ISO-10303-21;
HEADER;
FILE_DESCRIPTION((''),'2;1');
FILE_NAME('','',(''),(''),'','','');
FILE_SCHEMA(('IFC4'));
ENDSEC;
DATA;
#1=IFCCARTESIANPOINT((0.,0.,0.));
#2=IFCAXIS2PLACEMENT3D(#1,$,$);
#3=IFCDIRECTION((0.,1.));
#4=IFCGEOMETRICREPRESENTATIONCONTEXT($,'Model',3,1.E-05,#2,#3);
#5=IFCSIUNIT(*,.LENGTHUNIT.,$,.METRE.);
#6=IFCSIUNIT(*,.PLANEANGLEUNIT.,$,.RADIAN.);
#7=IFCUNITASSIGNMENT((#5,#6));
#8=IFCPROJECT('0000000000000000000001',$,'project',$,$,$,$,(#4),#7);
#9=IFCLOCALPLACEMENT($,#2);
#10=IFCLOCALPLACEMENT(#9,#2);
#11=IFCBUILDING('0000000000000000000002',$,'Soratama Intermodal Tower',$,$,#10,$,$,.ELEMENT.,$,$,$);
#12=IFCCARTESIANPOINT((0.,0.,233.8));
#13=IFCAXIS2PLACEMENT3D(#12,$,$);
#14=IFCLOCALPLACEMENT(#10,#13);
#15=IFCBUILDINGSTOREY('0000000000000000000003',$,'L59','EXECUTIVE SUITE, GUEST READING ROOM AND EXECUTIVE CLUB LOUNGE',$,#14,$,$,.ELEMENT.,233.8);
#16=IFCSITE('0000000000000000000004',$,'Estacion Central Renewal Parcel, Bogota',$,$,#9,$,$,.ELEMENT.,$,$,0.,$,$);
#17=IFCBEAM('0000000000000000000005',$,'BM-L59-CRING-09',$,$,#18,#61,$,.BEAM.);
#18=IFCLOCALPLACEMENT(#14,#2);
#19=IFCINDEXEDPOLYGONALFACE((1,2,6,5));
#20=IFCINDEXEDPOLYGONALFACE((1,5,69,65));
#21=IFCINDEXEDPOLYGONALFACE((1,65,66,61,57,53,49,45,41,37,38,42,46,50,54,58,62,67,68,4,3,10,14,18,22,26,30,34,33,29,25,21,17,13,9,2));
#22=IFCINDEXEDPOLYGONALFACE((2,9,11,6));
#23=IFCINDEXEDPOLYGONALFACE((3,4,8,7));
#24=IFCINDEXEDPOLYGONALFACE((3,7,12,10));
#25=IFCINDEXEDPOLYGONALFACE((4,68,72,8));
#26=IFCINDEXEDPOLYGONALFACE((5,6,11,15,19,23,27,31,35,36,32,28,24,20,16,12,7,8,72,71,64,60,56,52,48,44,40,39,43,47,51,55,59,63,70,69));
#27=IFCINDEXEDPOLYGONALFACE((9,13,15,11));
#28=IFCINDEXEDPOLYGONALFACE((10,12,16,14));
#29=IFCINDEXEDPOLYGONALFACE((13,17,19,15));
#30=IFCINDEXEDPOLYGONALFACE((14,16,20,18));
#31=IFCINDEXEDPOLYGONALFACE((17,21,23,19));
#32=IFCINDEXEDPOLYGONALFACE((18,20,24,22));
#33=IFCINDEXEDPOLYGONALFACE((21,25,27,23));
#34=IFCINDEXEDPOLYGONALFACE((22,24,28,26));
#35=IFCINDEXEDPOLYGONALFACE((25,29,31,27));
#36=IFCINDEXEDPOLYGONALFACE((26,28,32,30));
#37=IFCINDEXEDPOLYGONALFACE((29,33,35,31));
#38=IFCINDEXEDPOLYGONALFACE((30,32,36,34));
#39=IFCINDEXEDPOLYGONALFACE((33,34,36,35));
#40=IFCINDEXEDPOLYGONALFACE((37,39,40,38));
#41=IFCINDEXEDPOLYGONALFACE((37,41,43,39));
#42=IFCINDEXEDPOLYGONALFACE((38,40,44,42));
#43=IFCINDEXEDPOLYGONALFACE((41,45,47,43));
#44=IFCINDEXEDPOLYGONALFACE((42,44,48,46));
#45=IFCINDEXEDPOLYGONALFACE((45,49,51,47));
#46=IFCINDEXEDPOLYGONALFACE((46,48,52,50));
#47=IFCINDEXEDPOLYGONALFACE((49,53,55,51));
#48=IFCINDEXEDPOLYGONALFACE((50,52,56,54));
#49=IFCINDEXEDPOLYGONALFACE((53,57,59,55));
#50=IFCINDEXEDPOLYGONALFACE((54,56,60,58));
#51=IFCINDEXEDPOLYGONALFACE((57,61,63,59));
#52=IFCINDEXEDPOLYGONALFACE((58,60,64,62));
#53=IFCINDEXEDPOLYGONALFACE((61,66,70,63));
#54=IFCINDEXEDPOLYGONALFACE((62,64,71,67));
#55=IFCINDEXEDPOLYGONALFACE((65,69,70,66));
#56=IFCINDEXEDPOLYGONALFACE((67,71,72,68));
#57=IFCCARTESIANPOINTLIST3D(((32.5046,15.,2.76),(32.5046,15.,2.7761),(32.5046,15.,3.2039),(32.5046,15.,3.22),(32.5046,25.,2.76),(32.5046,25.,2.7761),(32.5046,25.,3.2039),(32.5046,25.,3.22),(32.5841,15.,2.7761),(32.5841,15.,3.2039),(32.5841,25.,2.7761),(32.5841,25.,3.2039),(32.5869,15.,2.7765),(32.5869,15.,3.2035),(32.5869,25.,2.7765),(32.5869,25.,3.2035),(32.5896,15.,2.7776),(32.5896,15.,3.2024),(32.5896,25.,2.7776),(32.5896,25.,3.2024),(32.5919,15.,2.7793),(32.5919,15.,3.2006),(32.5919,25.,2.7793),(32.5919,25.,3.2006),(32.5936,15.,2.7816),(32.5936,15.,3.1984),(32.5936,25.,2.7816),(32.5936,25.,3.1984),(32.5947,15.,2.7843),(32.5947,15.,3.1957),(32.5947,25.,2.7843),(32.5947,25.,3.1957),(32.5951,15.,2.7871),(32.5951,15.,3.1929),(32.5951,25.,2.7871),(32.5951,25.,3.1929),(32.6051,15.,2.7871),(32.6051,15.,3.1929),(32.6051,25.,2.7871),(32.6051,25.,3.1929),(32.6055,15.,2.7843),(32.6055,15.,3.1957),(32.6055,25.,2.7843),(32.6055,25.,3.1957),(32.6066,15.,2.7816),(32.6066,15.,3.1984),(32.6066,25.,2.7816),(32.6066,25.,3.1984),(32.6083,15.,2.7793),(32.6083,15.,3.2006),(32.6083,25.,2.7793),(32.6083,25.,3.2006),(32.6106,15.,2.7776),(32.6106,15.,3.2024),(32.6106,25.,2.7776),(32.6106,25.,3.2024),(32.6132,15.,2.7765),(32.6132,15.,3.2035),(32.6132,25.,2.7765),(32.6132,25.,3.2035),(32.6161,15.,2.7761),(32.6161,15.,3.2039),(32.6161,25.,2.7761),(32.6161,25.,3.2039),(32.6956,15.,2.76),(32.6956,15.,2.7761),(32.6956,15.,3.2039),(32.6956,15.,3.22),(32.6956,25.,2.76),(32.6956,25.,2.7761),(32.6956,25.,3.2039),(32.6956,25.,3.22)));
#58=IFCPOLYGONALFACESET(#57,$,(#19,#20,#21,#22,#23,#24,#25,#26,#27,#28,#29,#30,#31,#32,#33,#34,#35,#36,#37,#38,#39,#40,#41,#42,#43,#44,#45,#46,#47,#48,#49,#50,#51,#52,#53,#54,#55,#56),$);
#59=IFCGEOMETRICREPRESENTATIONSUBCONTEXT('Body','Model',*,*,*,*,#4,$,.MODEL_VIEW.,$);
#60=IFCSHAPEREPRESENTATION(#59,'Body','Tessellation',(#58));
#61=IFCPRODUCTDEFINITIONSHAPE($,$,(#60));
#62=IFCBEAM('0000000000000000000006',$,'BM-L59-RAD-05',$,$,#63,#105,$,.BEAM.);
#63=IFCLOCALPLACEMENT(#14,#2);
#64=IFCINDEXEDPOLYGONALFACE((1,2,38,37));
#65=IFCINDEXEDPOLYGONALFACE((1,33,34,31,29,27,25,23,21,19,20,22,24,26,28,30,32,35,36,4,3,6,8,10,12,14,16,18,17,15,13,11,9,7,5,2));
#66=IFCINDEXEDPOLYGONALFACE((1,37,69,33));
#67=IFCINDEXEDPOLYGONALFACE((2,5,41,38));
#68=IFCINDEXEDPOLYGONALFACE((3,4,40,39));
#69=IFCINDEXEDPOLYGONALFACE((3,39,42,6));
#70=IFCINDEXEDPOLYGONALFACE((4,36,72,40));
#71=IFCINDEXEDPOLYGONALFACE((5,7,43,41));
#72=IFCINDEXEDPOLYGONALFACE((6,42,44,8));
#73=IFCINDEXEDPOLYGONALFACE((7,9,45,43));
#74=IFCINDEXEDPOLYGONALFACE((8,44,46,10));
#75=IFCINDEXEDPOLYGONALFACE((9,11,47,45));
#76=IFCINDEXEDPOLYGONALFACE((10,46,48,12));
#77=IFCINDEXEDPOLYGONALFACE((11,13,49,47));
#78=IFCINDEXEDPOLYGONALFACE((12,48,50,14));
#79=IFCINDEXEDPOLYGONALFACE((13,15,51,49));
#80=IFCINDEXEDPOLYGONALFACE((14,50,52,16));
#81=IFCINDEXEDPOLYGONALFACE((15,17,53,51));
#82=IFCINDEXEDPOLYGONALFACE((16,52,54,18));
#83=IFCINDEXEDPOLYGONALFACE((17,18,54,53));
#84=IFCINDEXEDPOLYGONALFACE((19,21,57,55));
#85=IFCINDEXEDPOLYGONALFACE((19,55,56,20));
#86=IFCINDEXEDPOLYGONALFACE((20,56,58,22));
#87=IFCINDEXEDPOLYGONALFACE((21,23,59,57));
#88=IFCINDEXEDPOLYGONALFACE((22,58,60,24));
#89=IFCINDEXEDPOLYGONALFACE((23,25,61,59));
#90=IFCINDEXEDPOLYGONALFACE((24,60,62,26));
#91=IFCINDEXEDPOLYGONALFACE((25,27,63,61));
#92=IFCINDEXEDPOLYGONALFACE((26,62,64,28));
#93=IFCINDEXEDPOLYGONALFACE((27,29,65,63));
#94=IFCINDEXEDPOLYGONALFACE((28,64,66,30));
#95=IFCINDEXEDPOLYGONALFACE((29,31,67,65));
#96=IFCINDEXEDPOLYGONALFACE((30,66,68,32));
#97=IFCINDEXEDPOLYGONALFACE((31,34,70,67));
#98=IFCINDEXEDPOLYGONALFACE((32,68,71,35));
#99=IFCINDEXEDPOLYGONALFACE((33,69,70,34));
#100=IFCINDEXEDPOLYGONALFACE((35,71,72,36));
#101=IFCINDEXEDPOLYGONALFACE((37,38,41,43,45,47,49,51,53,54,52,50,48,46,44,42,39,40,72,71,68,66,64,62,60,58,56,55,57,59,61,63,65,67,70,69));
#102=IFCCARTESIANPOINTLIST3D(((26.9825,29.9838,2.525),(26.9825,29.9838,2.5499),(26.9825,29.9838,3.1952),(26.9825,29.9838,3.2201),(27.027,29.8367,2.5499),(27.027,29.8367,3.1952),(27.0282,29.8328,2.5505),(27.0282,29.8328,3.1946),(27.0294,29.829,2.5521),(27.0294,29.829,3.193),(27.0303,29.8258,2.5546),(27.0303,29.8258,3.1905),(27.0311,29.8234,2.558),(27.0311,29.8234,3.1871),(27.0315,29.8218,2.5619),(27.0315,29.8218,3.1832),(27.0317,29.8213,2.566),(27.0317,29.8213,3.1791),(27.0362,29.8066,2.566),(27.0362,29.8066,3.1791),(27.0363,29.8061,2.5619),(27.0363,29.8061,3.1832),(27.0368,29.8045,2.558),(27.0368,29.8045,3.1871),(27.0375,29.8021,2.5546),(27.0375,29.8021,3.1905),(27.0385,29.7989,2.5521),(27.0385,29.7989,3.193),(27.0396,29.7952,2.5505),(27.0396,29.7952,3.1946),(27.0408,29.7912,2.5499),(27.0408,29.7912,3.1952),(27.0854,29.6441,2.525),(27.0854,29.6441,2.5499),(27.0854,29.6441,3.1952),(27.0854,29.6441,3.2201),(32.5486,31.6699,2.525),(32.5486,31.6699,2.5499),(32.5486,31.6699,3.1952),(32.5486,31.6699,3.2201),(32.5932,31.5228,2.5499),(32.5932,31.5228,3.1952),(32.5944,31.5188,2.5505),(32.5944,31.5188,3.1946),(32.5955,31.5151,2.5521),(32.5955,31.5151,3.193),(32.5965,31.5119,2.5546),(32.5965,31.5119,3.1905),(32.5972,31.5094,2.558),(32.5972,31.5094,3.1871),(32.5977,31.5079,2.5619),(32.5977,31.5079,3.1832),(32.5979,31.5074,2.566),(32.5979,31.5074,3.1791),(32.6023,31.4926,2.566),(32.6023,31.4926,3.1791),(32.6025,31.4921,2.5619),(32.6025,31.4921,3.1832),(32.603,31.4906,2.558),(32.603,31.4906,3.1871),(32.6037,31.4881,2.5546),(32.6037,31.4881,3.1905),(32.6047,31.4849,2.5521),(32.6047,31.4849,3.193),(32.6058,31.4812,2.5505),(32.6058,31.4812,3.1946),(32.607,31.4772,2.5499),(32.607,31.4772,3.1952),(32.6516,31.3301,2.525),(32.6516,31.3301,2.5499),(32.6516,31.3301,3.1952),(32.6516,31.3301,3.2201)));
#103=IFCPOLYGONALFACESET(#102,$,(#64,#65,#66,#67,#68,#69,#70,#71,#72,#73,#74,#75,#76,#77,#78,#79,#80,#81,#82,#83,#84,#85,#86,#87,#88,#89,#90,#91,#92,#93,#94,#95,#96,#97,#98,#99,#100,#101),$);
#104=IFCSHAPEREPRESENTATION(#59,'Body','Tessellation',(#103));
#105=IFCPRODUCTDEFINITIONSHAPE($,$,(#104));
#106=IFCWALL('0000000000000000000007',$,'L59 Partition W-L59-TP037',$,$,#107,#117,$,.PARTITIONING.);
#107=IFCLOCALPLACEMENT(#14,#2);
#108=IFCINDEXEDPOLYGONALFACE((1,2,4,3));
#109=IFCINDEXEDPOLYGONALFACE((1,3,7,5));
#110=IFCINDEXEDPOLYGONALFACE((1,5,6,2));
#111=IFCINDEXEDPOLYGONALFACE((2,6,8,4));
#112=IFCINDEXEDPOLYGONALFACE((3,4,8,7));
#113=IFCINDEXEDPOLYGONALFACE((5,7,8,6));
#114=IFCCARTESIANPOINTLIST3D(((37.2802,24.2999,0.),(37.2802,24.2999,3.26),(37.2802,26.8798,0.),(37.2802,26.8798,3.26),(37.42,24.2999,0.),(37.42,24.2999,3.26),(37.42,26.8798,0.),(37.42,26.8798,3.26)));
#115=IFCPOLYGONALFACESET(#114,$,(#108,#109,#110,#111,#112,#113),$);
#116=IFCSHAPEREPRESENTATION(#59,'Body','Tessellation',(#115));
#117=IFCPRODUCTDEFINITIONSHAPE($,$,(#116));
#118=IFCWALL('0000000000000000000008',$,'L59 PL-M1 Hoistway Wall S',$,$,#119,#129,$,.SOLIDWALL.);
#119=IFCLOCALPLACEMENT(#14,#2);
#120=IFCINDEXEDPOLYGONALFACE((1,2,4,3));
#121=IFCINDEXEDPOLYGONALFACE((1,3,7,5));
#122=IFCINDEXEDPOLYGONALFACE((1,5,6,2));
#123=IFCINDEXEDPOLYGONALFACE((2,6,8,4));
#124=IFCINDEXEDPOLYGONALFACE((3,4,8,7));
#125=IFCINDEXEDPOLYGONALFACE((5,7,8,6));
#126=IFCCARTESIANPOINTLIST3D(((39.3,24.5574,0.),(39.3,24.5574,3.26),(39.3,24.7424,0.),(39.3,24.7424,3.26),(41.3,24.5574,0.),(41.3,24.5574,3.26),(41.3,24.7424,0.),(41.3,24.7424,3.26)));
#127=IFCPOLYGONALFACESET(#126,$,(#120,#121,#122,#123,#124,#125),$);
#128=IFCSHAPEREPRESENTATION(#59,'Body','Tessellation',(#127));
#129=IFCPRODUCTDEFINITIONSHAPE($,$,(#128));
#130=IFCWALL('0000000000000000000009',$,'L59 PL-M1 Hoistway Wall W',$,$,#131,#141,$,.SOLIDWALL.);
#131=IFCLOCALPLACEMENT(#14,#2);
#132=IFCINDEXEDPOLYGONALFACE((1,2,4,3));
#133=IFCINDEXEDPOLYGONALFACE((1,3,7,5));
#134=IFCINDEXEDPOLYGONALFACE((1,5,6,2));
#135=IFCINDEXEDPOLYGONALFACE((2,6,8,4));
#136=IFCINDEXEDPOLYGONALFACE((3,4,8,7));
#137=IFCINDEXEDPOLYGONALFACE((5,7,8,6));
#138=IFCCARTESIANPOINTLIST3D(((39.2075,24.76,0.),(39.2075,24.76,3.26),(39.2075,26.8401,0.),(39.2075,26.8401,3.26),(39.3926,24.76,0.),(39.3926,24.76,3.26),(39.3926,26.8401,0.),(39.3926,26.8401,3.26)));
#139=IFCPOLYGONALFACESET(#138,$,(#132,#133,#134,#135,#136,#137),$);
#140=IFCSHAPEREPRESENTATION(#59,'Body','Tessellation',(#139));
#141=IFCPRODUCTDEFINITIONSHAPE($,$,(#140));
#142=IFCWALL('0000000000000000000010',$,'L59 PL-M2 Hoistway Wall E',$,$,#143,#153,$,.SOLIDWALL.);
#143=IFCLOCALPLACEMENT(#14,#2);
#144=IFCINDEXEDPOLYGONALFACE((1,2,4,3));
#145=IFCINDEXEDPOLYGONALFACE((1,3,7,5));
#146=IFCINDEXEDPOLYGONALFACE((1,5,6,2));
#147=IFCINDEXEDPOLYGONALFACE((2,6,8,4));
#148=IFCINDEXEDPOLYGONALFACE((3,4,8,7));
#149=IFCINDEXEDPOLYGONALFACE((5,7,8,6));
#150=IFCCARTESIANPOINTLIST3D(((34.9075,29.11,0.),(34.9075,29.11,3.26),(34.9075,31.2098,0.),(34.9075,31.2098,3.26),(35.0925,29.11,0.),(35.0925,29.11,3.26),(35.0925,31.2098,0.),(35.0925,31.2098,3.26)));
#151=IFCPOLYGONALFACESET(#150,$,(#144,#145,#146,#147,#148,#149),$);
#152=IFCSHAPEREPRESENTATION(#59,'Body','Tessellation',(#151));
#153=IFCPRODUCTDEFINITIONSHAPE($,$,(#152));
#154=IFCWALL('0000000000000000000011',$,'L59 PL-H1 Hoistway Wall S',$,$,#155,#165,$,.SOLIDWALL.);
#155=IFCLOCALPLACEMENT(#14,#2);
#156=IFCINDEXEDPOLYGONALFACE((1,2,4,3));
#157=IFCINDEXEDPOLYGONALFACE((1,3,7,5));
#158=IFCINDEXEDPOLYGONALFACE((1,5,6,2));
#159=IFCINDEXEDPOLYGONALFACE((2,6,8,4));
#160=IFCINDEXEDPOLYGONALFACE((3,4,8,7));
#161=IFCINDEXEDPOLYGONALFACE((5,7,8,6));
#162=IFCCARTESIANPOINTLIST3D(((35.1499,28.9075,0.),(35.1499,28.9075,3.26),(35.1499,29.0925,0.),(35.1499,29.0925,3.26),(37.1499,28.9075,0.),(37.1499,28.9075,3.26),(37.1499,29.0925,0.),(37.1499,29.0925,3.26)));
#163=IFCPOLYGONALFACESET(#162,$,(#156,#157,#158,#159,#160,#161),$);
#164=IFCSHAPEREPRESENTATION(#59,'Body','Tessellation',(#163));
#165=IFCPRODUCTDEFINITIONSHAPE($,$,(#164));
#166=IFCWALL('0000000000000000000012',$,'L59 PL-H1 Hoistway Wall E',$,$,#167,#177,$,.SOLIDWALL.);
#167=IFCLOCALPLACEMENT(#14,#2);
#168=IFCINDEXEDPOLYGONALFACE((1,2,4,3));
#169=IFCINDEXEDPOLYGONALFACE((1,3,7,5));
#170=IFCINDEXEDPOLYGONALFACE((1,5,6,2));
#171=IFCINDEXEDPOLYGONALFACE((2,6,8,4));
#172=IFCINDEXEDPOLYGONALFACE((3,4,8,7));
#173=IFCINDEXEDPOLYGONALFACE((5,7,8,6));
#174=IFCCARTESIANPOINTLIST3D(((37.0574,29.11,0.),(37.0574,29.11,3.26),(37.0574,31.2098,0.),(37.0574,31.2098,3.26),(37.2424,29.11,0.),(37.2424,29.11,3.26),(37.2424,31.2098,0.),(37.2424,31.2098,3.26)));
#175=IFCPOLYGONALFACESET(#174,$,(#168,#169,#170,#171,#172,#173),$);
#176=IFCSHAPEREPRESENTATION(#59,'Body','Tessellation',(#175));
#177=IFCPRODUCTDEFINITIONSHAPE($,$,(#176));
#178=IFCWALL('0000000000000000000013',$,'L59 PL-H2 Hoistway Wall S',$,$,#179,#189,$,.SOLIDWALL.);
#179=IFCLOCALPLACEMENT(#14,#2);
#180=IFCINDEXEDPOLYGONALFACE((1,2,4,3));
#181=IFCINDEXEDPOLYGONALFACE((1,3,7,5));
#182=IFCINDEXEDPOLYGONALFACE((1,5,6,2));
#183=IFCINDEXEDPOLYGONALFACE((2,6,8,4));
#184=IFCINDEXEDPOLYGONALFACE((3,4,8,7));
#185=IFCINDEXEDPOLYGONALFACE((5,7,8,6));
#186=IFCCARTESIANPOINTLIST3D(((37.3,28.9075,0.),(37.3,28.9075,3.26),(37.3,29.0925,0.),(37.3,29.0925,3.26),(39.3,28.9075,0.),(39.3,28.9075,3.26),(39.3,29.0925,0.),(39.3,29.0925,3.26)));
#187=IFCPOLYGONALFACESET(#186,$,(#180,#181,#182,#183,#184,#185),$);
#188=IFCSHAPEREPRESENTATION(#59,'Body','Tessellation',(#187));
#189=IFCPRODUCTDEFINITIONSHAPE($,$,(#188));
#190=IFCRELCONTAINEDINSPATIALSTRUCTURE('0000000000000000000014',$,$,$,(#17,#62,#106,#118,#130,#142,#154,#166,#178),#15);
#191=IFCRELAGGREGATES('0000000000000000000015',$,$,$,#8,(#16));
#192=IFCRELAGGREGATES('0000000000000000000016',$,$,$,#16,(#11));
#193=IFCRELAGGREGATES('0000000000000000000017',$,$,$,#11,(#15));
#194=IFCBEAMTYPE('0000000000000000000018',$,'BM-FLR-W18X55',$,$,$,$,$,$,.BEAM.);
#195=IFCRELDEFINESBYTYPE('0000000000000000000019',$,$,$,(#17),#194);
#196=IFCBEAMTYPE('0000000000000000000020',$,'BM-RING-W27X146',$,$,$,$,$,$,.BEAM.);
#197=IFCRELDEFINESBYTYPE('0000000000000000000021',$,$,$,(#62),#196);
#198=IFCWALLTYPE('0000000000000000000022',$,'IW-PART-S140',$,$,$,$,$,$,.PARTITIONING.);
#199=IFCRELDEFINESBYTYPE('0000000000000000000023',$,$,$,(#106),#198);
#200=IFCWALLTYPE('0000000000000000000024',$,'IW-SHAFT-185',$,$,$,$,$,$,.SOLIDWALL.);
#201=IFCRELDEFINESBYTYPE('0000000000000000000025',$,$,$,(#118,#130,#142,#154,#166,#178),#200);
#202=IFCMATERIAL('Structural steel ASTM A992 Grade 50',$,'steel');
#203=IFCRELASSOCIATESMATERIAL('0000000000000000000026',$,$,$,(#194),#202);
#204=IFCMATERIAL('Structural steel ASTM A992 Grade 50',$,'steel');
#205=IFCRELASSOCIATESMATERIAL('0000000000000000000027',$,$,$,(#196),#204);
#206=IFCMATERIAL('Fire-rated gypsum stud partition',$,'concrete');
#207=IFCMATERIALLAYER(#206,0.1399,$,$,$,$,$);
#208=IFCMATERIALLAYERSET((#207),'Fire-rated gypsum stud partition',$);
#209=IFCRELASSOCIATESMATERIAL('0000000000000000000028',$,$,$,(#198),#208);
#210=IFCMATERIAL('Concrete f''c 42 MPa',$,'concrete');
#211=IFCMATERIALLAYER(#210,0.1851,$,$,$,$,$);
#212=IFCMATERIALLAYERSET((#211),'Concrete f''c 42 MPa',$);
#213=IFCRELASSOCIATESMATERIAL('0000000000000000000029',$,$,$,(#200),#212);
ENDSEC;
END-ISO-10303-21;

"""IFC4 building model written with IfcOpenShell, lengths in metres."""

from ifc_helpers import new_model, si_unit, direction, frame, frame_2d, origin, origin_2d, place, context, subcontext, project, spatial, rectangle, i_section, extrude, material, layer, layer_set, material_profile, profile_set, type_object, element, save


model = new_model("IFC4")

# Units and contexts
model_context = context("Model", 3, precision=1e-05, world=origin(), true_north=direction((0.0, 1.0)))
body_context = subcontext(model_context, "Body", "Model", "MODEL_VIEW")
ifc_project = project(units=[si_unit("LENGTHUNIT", "METRE"), si_unit("PLANEANGLEUNIT", "RADIAN")], contexts=[model_context])

# Site, building, storey
site_placement = place(None, origin())
site = spatial("IfcSite", under=ifc_project, at=site_placement, Name="Estacion Central Renewal Parcel, Bogota", CompositionType="ELEMENT", RefElevation=0.0)
building_placement = place(site_placement, origin())
building = spatial("IfcBuilding", under=site, at=building_placement, Name="Soratama Intermodal Tower", CompositionType="ELEMENT")
storey_placement = place(building_placement, frame((0.0, 0.0, 233.8)))
storey = spatial("IfcBuildingStorey", under=building, at=storey_placement, Name="L59", Description="EXECUTIVE SUITE, GUEST READING ROOM AND EXECUTIVE CLUB LOUNGE", CompositionType="ELEMENT", Elevation=233.8)

# Beams
ifc_material_1 = material(Name="Structural steel ASTM A992 Grade 50", Category="steel")
ifc_material_profile_1 = material_profile(ifc_material_1, i_section(OverallWidth=0.1909, OverallDepth=0.46, WebThickness=0.01, FlangeThickness=0.0161, FilletRadius=0.011, at=origin_2d()), Name="W18X55")
ifc_profile_set_1 = profile_set([ifc_material_profile_1], Name="Structural steel ASTM A992 Grade 50")
beam_type_1 = type_object("IfcBeamType", Name="BM-FLR-W18X55", PredefinedType="BEAM", material=ifc_profile_set_1)
beam_1_placement = place(storey_placement, frame((32.6001, 25.0, 2.99), z_axis=(0.0, -1.0, 0.0), x_axis=(1.0, 0.0, 0.0)))
element("IfcBeam", 1, at=beam_1_placement, inside=storey, type_object=beam_type_1, Name="BM-L59-CRING-09", PredefinedType="BEAM", context=body_context, shape_type="SweptSolid", body=[
    extrude(i_section(OverallWidth=0.1909, OverallDepth=0.46, WebThickness=0.01, FlangeThickness=0.0161, FilletRadius=0.011, at=origin_2d()), origin(), (0.0, 0.0, 1.0), 10.0),
])
ifc_material_2 = material(Name="Structural steel ASTM A992 Grade 50", Category="steel")
ifc_material_profile_2 = material_profile(ifc_material_2, i_section(OverallWidth=0.355, OverallDepth=0.6951, WebThickness=0.0154, FlangeThickness=0.0249, FilletRadius=0.0161, at=origin_2d()), Name="W27X146")
ifc_profile_set_2 = profile_set([ifc_material_profile_2], Name="Structural steel ASTM A992 Grade 50")
beam_type_2 = type_object("IfcBeamType", Name="BM-RING-W27X146", PredefinedType="BEAM", material=ifc_profile_set_2)
beam_2_placement = place(storey_placement, frame((32.6001, 31.5, 2.8726), z_axis=(-0.957057, -0.2899, 0.0), x_axis=(0.2899, -0.957057, 0.0)))
element("IfcBeam", 2, at=beam_2_placement, inside=storey, type_object=beam_type_2, Name="BM-L59-RAD-05", PredefinedType="BEAM", context=body_context, shape_type="SweptSolid", body=[
    extrude(i_section(OverallWidth=0.355, OverallDepth=0.6951, WebThickness=0.0154, FlangeThickness=0.0249, FilletRadius=0.0161, at=origin_2d()), origin(), (0.0, 0.0, 1.0), 5.8159),
])

# Walls
ifc_material_3 = material(Name="Fire-rated gypsum stud partition", Category="concrete")
ifc_layer_1 = layer(ifc_material_3, 0.1399)
ifc_layer_set_1 = layer_set([ifc_layer_1], Name="Fire-rated gypsum stud partition")
wall_type_1 = type_object("IfcWallType", Name="IW-PART-S140", PredefinedType="PARTITIONING", material=ifc_layer_set_1)
wall_1_placement = place(storey_placement, frame((37.3501, 26.8799, 0.0), z_axis=(0.0, 0.0, 1.0), x_axis=(0.0, -1.0, 0.0)))
element("IfcWall", 3, at=wall_1_placement, inside=storey, type_object=wall_type_1, Name="L59 Partition W-L59-TP037", PredefinedType="PARTITIONING", context=body_context, shape_type="SweptSolid", body=[
    extrude(rectangle(XDim=2.5798, YDim=0.1399, at=frame_2d((1.29, 0.0))), origin(), (0.0, 0.0, 1.0), 3.26),
])
ifc_material_4 = material(Name="Concrete f'c 42 MPa", Category="concrete")
ifc_layer_2 = layer(ifc_material_4, 0.1851)
ifc_layer_set_2 = layer_set([ifc_layer_2], Name="Concrete f'c 42 MPa")
wall_type_2 = type_object("IfcWallType", Name="IW-SHAFT-185", PredefinedType="SOLIDWALL", material=ifc_layer_set_2)
wall_2_placement = place(storey_placement, frame((39.3, 24.6499, 0.0), z_axis=(0.0, 0.0, 1.0), x_axis=(1.0, 0.0, 0.0)))
element("IfcWall", 4, at=wall_2_placement, inside=storey, type_object=wall_type_2, Name="L59 PL-M1 Hoistway Wall S", PredefinedType="SOLIDWALL", context=body_context, shape_type="SweptSolid", body=[
    extrude(rectangle(XDim=2.0, YDim=0.1851, at=frame_2d((1.0, 0.0))), origin(), (0.0, 0.0, 1.0), 3.26),
])

# Wall
wall_3_placement = place(storey_placement, frame((39.3, 24.76, 0.0), z_axis=(0.0, 0.0, 1.0), x_axis=(0.0, 1.0, 0.0)))
element("IfcWall", 5, at=wall_3_placement, inside=storey, type_object=wall_type_2, Name="L59 PL-M1 Hoistway Wall W", PredefinedType="SOLIDWALL", context=body_context, shape_type="SweptSolid", body=[
    extrude(rectangle(XDim=2.0801, YDim=0.1851, at=frame_2d((1.04, 0.0))), origin(), (0.0, 0.0, 1.0), 3.26),
])

# Walls
wall_4_placement = place(storey_placement, frame((35.0, 29.1101, 0.0), z_axis=(0.0, 0.0, 1.0), x_axis=(0.0, 1.0, 0.0)))
element("IfcWall", 6, at=wall_4_placement, inside=storey, type_object=wall_type_2, Name="L59 PL-M2 Hoistway Wall E", PredefinedType="SOLIDWALL", context=body_context, shape_type="SweptSolid", body=[
    extrude(rectangle(XDim=2.0999, YDim=0.1851, at=frame_2d((1.0498, 0.0))), origin(), (0.0, 0.0, 1.0), 3.26),
])
wall_5_placement = place(storey_placement, frame((35.1499, 29.0, 0.0), z_axis=(0.0, 0.0, 1.0), x_axis=(1.0, 0.0, 0.0)))
element("IfcWall", 7, at=wall_5_placement, inside=storey, type_object=wall_type_2, Name="L59 PL-H1 Hoistway Wall S", PredefinedType="SOLIDWALL", context=body_context, shape_type="SweptSolid", body=[
    extrude(rectangle(XDim=2.0, YDim=0.1851, at=frame_2d((1.0, 0.0))), origin(), (0.0, 0.0, 1.0), 3.26),
])
wall_6_placement = place(storey_placement, frame((37.1499, 29.1101, 0.0), z_axis=(0.0, 0.0, 1.0), x_axis=(0.0, 1.0, 0.0)))
element("IfcWall", 8, at=wall_6_placement, inside=storey, type_object=wall_type_2, Name="L59 PL-H1 Hoistway Wall E", PredefinedType="SOLIDWALL", context=body_context, shape_type="SweptSolid", body=[
    extrude(rectangle(XDim=2.0999, YDim=0.1851, at=frame_2d((1.0498, 0.0))), origin(), (0.0, 0.0, 1.0), 3.26),
])
wall_7_placement = place(storey_placement, frame((37.3, 29.0, 0.0), z_axis=(0.0, 0.0, 1.0), x_axis=(1.0, 0.0, 0.0)))
element("IfcWall", 9, at=wall_7_placement, inside=storey, type_object=wall_type_2, Name="L59 PL-H2 Hoistway Wall S", PredefinedType="SOLIDWALL", context=body_context, shape_type="SweptSolid", body=[
    extrude(rectangle(XDim=2.0, YDim=0.1851, at=frame_2d((1.0, 0.0))), origin(), (0.0, 0.0, 1.0), 3.26),
])

save(model, "model.ifc")
